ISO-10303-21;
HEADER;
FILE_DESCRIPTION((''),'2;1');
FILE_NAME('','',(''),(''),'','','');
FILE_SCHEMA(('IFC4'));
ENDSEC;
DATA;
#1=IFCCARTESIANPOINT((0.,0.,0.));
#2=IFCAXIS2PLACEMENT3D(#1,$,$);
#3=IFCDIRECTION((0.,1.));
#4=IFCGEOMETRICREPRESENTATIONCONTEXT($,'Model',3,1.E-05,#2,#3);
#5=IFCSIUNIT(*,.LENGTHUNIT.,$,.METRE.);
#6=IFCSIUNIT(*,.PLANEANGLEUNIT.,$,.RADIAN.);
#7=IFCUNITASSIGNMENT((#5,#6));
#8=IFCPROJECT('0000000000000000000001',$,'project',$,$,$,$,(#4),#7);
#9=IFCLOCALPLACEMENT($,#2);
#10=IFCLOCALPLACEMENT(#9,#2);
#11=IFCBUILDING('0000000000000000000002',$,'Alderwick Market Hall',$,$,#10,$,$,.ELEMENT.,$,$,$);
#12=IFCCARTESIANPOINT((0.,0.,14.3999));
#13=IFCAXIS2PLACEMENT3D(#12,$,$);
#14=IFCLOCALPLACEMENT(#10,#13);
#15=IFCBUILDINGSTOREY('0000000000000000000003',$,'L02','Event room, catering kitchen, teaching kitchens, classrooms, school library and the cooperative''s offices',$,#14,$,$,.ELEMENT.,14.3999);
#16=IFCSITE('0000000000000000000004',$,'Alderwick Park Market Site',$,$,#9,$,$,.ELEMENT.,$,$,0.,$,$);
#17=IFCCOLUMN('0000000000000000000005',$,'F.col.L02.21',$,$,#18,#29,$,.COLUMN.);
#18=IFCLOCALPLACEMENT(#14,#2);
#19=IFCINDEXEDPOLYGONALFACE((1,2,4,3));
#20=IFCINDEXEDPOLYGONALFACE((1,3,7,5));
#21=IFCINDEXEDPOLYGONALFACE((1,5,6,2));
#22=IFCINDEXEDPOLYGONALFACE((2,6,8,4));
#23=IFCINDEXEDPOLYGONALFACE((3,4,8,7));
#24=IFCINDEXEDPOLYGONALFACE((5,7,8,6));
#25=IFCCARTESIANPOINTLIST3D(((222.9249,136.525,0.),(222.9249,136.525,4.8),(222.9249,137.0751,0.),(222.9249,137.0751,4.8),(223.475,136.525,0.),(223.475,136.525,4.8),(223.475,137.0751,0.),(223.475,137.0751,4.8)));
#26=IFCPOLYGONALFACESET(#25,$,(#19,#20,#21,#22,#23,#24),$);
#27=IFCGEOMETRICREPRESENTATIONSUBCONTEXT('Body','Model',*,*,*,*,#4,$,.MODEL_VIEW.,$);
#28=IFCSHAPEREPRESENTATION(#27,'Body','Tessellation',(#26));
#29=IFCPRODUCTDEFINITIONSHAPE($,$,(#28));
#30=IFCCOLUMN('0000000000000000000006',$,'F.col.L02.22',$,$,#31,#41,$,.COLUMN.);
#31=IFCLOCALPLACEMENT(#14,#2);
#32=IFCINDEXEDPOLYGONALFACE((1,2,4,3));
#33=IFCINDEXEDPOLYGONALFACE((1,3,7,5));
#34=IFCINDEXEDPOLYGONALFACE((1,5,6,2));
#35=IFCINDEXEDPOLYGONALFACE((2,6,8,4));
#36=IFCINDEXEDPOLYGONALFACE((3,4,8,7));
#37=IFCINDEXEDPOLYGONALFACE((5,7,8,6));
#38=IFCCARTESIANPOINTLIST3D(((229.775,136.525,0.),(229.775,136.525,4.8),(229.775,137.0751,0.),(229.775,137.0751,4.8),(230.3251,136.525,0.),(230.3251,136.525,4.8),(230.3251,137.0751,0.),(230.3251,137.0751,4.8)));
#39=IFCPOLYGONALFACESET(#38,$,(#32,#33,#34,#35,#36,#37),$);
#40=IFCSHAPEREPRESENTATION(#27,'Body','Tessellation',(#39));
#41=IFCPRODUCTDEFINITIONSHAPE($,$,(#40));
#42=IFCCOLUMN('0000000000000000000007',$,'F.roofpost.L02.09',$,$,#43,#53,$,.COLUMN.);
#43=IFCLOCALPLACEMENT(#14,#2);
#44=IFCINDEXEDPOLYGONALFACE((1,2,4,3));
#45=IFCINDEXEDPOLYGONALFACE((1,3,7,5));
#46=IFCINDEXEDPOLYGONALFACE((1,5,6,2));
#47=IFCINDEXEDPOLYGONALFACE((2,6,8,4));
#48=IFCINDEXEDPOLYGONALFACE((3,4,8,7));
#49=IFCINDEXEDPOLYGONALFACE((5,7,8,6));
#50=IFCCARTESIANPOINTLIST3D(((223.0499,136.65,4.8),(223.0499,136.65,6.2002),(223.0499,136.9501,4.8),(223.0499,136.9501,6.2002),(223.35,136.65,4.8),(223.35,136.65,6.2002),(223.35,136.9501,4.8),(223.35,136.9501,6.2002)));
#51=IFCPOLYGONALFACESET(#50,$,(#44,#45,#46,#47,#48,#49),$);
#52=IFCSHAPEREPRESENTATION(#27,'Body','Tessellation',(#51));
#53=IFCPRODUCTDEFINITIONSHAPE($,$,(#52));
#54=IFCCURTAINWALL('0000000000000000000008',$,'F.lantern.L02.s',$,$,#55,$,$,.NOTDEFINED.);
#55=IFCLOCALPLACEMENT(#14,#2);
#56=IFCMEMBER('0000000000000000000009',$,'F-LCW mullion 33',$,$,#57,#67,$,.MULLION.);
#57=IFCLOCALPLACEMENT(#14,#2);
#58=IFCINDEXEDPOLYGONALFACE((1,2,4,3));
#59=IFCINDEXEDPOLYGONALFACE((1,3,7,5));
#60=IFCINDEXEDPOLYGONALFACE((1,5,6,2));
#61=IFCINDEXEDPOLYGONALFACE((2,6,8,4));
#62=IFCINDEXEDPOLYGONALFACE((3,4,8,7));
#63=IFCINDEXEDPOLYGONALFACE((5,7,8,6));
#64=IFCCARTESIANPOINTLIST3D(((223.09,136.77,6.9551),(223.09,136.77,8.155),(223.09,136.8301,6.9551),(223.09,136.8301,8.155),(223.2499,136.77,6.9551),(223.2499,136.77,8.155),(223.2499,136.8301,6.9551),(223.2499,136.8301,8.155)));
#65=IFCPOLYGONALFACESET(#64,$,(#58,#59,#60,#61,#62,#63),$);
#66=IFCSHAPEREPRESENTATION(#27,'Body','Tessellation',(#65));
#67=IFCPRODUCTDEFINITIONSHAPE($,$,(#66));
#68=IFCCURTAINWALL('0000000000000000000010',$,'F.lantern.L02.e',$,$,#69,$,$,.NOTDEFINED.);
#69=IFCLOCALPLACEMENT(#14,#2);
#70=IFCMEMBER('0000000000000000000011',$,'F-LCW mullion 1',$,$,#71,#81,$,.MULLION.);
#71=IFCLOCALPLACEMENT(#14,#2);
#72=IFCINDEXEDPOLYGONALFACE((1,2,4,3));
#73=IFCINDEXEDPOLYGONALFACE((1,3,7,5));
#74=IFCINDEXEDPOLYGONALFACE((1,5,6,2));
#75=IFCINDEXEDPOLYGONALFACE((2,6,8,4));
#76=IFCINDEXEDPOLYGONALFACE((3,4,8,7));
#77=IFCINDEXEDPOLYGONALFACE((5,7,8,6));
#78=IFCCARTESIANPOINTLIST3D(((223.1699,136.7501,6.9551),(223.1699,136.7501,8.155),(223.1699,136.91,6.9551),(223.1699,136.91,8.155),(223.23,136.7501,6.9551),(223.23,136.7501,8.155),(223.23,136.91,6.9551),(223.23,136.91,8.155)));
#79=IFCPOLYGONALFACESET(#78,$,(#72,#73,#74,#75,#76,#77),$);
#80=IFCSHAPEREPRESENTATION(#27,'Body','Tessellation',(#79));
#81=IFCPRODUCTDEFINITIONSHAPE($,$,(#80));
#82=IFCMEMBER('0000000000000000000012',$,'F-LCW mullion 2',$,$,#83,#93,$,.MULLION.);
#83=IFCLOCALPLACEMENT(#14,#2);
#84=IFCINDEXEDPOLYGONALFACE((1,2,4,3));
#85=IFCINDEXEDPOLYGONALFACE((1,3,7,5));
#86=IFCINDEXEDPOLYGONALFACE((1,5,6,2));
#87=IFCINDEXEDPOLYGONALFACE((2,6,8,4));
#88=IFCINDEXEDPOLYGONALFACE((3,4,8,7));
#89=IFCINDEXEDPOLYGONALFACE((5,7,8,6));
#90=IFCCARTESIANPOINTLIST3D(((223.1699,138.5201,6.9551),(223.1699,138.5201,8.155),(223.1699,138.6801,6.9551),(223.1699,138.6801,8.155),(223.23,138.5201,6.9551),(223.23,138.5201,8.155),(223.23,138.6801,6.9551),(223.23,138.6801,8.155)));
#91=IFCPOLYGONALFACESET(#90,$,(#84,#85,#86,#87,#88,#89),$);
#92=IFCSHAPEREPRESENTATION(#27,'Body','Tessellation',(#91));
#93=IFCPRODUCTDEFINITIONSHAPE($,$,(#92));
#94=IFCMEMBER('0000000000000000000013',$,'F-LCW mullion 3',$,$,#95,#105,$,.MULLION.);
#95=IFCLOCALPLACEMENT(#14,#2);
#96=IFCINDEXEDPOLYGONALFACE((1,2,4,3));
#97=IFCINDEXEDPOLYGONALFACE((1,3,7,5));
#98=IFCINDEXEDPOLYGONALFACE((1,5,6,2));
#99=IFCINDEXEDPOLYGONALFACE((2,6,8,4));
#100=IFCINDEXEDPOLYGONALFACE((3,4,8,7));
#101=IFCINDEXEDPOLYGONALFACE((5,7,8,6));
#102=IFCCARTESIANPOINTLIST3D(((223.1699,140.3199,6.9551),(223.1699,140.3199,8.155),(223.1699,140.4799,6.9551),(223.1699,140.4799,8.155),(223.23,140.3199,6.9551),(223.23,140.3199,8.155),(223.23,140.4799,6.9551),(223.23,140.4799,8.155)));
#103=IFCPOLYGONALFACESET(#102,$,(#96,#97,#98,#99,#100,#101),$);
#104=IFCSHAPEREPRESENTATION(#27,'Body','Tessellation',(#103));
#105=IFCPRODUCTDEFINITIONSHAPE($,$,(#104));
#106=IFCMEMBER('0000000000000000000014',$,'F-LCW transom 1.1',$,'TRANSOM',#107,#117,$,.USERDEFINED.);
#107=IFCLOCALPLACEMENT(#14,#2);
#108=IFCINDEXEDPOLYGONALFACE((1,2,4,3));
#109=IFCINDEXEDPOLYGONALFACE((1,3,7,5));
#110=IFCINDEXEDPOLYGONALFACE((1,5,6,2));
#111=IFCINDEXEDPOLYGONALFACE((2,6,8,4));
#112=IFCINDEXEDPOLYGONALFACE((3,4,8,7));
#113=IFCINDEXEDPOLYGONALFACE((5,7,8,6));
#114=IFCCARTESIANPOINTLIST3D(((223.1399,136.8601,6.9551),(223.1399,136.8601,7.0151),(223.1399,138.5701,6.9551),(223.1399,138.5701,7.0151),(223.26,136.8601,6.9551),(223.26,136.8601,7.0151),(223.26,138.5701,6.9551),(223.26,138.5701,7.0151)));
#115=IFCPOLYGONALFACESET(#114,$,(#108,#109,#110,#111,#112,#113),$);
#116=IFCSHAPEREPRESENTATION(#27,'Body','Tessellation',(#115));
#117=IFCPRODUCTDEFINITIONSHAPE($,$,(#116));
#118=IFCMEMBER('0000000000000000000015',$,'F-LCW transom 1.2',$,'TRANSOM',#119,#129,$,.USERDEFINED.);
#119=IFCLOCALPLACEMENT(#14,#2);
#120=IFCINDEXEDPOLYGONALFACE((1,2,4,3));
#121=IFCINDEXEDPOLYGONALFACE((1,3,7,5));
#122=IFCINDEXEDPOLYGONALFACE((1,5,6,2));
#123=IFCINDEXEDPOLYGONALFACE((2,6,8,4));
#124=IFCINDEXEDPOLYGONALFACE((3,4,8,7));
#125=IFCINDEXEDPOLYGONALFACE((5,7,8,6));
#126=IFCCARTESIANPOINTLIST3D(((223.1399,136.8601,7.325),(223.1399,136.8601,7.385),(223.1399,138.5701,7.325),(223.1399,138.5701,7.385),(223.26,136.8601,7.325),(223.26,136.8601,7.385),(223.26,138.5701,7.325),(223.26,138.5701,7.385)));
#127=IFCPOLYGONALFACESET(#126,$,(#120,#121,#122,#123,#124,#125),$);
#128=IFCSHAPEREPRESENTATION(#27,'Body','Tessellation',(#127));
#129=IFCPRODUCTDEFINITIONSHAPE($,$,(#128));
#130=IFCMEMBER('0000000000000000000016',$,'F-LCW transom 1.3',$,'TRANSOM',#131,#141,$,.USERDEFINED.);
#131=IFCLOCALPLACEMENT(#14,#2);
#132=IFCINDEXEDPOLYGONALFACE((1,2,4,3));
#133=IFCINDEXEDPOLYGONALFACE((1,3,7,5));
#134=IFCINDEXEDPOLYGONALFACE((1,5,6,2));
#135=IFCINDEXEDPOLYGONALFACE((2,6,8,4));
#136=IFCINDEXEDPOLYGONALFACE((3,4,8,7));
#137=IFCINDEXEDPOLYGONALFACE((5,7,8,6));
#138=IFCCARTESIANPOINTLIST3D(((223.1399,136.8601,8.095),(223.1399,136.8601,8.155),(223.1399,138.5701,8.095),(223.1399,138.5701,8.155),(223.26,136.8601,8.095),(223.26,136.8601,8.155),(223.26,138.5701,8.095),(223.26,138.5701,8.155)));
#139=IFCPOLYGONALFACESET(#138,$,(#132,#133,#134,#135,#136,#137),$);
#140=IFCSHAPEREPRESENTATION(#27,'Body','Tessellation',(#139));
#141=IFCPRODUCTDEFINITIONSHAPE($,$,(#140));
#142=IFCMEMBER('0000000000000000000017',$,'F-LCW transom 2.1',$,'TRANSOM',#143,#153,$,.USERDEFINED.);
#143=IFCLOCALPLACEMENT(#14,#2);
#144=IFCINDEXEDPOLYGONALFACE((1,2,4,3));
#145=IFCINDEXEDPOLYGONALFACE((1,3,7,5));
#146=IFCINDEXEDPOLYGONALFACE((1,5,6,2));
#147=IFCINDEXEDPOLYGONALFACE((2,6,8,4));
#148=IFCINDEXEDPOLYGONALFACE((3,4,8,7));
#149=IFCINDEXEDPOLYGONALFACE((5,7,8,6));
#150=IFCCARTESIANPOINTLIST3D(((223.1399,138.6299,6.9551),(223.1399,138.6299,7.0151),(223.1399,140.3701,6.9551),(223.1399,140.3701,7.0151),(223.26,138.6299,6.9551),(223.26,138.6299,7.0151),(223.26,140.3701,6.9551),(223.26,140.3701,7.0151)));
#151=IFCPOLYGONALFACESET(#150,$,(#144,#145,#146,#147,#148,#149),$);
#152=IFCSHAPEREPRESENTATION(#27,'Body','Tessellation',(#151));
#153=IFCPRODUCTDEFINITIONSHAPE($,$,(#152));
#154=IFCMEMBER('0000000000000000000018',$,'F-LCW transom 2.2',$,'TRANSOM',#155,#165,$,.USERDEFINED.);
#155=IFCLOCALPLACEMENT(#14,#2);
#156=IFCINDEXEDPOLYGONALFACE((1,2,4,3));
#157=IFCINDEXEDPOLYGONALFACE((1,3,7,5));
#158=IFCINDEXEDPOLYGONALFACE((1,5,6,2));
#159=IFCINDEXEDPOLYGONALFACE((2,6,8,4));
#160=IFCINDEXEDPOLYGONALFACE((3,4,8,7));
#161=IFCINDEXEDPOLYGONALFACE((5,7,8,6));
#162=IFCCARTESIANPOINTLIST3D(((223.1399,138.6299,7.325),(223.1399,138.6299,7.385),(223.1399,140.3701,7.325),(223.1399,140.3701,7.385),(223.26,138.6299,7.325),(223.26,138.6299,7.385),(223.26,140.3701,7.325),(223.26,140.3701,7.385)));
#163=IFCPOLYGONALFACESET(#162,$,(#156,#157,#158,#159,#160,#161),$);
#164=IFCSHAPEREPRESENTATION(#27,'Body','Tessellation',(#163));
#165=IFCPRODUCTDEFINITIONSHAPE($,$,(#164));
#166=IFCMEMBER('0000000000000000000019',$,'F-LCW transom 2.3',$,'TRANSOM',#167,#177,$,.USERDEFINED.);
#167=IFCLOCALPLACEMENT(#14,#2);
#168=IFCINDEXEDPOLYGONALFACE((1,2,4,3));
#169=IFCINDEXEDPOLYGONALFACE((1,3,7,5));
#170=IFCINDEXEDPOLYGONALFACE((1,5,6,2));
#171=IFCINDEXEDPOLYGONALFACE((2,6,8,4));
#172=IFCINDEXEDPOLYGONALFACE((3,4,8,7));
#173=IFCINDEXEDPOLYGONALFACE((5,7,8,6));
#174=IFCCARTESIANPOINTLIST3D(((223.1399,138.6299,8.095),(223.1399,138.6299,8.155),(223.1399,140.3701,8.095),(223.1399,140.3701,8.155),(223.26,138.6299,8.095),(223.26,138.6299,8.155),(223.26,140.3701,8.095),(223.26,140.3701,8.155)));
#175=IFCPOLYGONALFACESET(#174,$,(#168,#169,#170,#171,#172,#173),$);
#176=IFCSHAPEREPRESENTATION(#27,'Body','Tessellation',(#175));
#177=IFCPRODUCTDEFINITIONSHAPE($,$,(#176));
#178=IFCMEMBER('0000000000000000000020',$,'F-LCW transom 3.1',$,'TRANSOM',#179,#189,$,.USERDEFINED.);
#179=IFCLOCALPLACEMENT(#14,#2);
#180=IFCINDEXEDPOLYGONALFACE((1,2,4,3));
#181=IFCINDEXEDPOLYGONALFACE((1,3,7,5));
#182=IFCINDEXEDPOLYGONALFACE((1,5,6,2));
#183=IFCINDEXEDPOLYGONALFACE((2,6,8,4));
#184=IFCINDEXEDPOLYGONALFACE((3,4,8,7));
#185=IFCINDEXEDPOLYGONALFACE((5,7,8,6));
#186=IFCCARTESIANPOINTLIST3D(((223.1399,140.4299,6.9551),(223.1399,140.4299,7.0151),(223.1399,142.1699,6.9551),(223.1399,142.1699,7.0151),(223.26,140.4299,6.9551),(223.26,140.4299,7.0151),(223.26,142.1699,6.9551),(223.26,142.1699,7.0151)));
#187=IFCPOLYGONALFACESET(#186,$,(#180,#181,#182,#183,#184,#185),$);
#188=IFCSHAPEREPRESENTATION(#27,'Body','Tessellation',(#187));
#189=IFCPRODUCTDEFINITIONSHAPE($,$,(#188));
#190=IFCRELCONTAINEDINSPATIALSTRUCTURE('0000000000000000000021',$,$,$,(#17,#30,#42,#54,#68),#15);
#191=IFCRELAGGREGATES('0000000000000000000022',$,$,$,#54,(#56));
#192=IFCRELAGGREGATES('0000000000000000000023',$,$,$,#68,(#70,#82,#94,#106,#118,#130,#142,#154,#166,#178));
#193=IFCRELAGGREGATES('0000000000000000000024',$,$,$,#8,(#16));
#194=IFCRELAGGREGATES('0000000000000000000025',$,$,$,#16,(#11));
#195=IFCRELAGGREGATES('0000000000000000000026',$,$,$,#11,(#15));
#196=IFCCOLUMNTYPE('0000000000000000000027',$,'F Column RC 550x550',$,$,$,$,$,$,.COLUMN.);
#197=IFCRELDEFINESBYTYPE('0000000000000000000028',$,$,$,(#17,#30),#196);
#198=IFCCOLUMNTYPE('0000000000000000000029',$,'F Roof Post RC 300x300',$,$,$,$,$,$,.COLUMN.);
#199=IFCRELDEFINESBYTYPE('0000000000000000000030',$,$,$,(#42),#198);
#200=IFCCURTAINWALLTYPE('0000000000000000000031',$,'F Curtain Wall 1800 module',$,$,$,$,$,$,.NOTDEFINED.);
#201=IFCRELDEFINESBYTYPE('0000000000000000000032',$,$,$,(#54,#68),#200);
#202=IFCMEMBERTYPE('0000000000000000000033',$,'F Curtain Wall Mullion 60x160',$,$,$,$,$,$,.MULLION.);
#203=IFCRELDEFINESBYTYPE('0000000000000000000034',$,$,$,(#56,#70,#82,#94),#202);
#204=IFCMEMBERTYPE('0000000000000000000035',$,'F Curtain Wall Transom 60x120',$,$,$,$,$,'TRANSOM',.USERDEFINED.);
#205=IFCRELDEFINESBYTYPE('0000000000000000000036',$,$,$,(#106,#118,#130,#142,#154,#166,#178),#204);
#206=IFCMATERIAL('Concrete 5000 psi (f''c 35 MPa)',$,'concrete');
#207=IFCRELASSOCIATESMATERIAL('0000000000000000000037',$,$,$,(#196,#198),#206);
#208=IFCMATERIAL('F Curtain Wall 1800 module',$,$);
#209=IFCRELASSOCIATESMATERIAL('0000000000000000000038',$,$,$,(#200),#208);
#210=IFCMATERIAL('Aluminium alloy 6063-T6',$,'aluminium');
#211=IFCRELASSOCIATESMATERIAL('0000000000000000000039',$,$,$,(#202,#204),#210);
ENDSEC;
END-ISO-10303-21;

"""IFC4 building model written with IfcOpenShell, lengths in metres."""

from ifc_helpers import new_model, si_unit, direction, frame, origin, origin_2d, place, context, subcontext, project, spatial, rectangle, extrude, material, material_profile, profile_set, type_object, element, aggregate, save


model = new_model("IFC4")

# Units and contexts
model_context = context("Model", 3, precision=1e-05, world=origin(), true_north=direction((0.0, 1.0)))
body_context = subcontext(model_context, "Body", "Model", "MODEL_VIEW")
ifc_project = project(units=[si_unit("LENGTHUNIT", "METRE"), si_unit("PLANEANGLEUNIT", "RADIAN")], contexts=[model_context])

# Site, building, storey
site_placement = place(None, origin())
site = spatial("IfcSite", under=ifc_project, at=site_placement, Name="Alderwick Park Market Site", CompositionType="ELEMENT", RefElevation=0.0)
building_placement = place(site_placement, origin())
building = spatial("IfcBuilding", under=site, at=building_placement, Name="Alderwick Market Hall", CompositionType="ELEMENT")
storey_placement = place(building_placement, frame((0.0, 0.0, 14.3999)))
storey = spatial("IfcBuildingStorey", under=building, at=storey_placement, Name="L02", Description="Event room, catering kitchen, teaching kitchens, classrooms, school library and the cooperative's offices", CompositionType="ELEMENT", Elevation=14.3999)

# Columns
ifc_material_1 = material(Name="Concrete 5000 psi (f'c 35 MPa)", Category="concrete")
ifc_material_profile_1 = material_profile(ifc_material_1, rectangle(XDim=0.55, YDim=0.55, at=origin_2d()), Name="RC 550x550")
ifc_profile_set_1 = profile_set([ifc_material_profile_1], Name="Concrete 5000 psi (f'c 35 MPa)")
column_type_1 = type_object("IfcColumnType", Name="F Column RC 550x550", PredefinedType="COLUMN", material=ifc_profile_set_1)
for number, where, z_axis, x_axis, name in (
    (1, (223.2, 136.8, 0.0), (0.0, 0.0, 1.0), (1.0, 0.0, 0.0), "F.col.L02.21"),
    (2, (230.05, 136.8, 0.0), (0.0, 0.0, 1.0), (1.0, 0.0, 0.0), "F.col.L02.22"),
):
    element("IfcColumn", number, at=place(storey_placement, frame(where, z_axis=z_axis, x_axis=x_axis)), inside=storey, type_object=column_type_1, Name=name, PredefinedType="COLUMN", context=body_context, shape_type="SweptSolid", body=[
        extrude(rectangle(XDim=0.55, YDim=0.55, at=origin_2d()), origin(), (0.0, 0.0, 1.0), 4.8),
    ])
ifc_material_profile_2 = material_profile(ifc_material_1, rectangle(XDim=0.3, YDim=0.3, at=origin_2d()), Name="RC 300x300")
ifc_profile_set_2 = profile_set([ifc_material_profile_2], Name="Concrete 5000 psi (f'c 35 MPa)")
column_type_2 = type_object("IfcColumnType", Name="F Roof Post RC 300x300", PredefinedType="COLUMN", material=ifc_profile_set_2)
column_placement = place(storey_placement, frame((223.2, 136.8, 4.8), z_axis=(0.0, 0.0, 1.0), x_axis=(1.0, 0.0, 0.0)))
element("IfcColumn", 3, at=column_placement, inside=storey, type_object=column_type_2, Name="F.roofpost.L02.09", PredefinedType="COLUMN", context=body_context, shape_type="SweptSolid", body=[
    extrude(rectangle(XDim=0.3, YDim=0.3, at=origin_2d()), origin(), (0.0, 0.0, 1.0), 1.4001),
])

# Curtain wall, member
ifc_material_2 = material(Name="F Curtain Wall 1800 module")
curtain_wall_type = type_object("IfcCurtainWallType", Name="F Curtain Wall 1800 module", PredefinedType="NOTDEFINED", material=ifc_material_2)
curtain_wall_1_placement = place(storey_placement, origin())
curtain_wall_1 = element("IfcCurtainWall", 4, at=curtain_wall_1_placement, inside=storey, type_object=curtain_wall_type, Name="F.lantern.L02.s", PredefinedType="NOTDEFINED")
ifc_material_3 = material(Name="Aluminium alloy 6063-T6", Category="aluminium")
ifc_material_profile_3 = material_profile(ifc_material_3, rectangle(XDim=0.0601, YDim=0.1599, at=origin_2d()), Name="AL 60x160")
ifc_profile_set_3 = profile_set([ifc_material_profile_3], Name="Aluminium alloy 6063-T6")
member_type_1 = type_object("IfcMemberType", Name="F Curtain Wall Mullion 60x160", PredefinedType="MULLION", material=ifc_profile_set_3)
member_1_placement = place(storey_placement, frame((223.1699, 136.8, 6.9551), z_axis=(0.0, 0.0, 1.0), x_axis=(0.0, 1.0, 0.0)))
member_1 = element("IfcMember", 5, at=member_1_placement, type_object=member_type_1, Name="F-LCW mullion 33", PredefinedType="MULLION", context=body_context, shape_type="SweptSolid", body=[
    extrude(rectangle(XDim=0.0601, YDim=0.1599, at=origin_2d()), origin(), (0.0, 0.0, 1.0), 1.2),
])
aggregate(curtain_wall_1, [member_1])

# Curtain wall, members
curtain_wall_2_placement = place(storey_placement, origin())
curtain_wall_2 = element("IfcCurtainWall", 6, at=curtain_wall_2_placement, inside=storey, type_object=curtain_wall_type, Name="F.lantern.L02.e", PredefinedType="NOTDEFINED")
member_2_placement = place(storey_placement, frame((223.2, 136.8301, 6.9551), z_axis=(0.0, 0.0, 1.0), x_axis=(-1.0, 0.0, 0.0)))
member_2 = element("IfcMember", 7, at=member_2_placement, type_object=member_type_1, Name="F-LCW mullion 1", PredefinedType="MULLION", context=body_context, shape_type="SweptSolid", body=[
    extrude(rectangle(XDim=0.0601, YDim=0.1599, at=origin_2d()), origin(), (0.0, 0.0, 1.0), 1.2),
])
member_3_placement = place(storey_placement, frame((223.2, 138.6001, 6.9551), z_axis=(0.0, 0.0, 1.0), x_axis=(-1.0, 0.0, 0.0)))
member_3 = element("IfcMember", 8, at=member_3_placement, type_object=member_type_1, Name="F-LCW mullion 2", PredefinedType="MULLION", context=body_context, shape_type="SweptSolid", body=[
    extrude(rectangle(XDim=0.0601, YDim=0.1599, at=origin_2d()), origin(), (0.0, 0.0, 1.0), 1.2),
])
member_4_placement = place(storey_placement, frame((223.2, 140.3999, 6.9551), z_axis=(0.0, 0.0, 1.0), x_axis=(-1.0, 0.0, 0.0)))
member_4 = element("IfcMember", 9, at=member_4_placement, type_object=member_type_1, Name="F-LCW mullion 3", PredefinedType="MULLION", context=body_context, shape_type="SweptSolid", body=[
    extrude(rectangle(XDim=0.0601, YDim=0.1599, at=origin_2d()), origin(), (0.0, 0.0, 1.0), 1.2),
])
ifc_material_profile_4 = material_profile(ifc_material_3, rectangle(XDim=0.1201, YDim=0.0601, at=origin_2d()), Name="AL 60x120")
ifc_profile_set_4 = profile_set([ifc_material_profile_4], Name="Aluminium alloy 6063-T6")
member_type_2 = type_object("IfcMemberType", Name="F Curtain Wall Transom 60x120", ElementType="TRANSOM", PredefinedType="USERDEFINED", material=ifc_profile_set_4)
member_5_placement = place(storey_placement, frame((223.2, 136.8601, 6.9851), z_axis=(0.0, 1.0, 0.0), x_axis=(-1.0, 0.0, 0.0)))
member_5 = element("IfcMember", 10, at=member_5_placement, type_object=member_type_2, Name="F-LCW transom 1.1", ObjectType="TRANSOM", PredefinedType="USERDEFINED", context=body_context, shape_type="SweptSolid", body=[
    extrude(rectangle(XDim=0.1201, YDim=0.0601, at=origin_2d()), origin(), (0.0, 0.0, 1.0), 1.71),
])
member_6_placement = place(storey_placement, frame((223.2, 136.8601, 7.355), z_axis=(0.0, 1.0, 0.0), x_axis=(-1.0, 0.0, 0.0)))
member_6 = element("IfcMember", 11, at=member_6_placement, type_object=member_type_2, Name="F-LCW transom 1.2", ObjectType="TRANSOM", PredefinedType="USERDEFINED", context=body_context, shape_type="SweptSolid", body=[
    extrude(rectangle(XDim=0.1201, YDim=0.0601, at=origin_2d()), origin(), (0.0, 0.0, 1.0), 1.71),
])
member_7_placement = place(storey_placement, frame((223.2, 136.8601, 8.125), z_axis=(0.0, 1.0, 0.0), x_axis=(-1.0, 0.0, 0.0)))
member_7 = element("IfcMember", 12, at=member_7_placement, type_object=member_type_2, Name="F-LCW transom 1.3", ObjectType="TRANSOM", PredefinedType="USERDEFINED", context=body_context, shape_type="SweptSolid", body=[
    extrude(rectangle(XDim=0.1201, YDim=0.0601, at=origin_2d()), origin(), (0.0, 0.0, 1.0), 1.71),
])
member_8_placement = place(storey_placement, frame((223.2, 138.6299, 6.9851), z_axis=(0.0, 1.0, 0.0), x_axis=(-1.0, 0.0, 0.0)))
member_8 = element("IfcMember", 13, at=member_8_placement, type_object=member_type_2, Name="F-LCW transom 2.1", ObjectType="TRANSOM", PredefinedType="USERDEFINED", context=body_context, shape_type="SweptSolid", body=[
    extrude(rectangle(XDim=0.1201, YDim=0.0601, at=origin_2d()), origin(), (0.0, 0.0, 1.0), 1.7402),
])
member_9_placement = place(storey_placement, frame((223.2, 138.6299, 7.355), z_axis=(0.0, 1.0, 0.0), x_axis=(-1.0, 0.0, 0.0)))
member_9 = element("IfcMember", 14, at=member_9_placement, type_object=member_type_2, Name="F-LCW transom 2.2", ObjectType="TRANSOM", PredefinedType="USERDEFINED", context=body_context, shape_type="SweptSolid", body=[
    extrude(rectangle(XDim=0.1201, YDim=0.0601, at=origin_2d()), origin(), (0.0, 0.0, 1.0), 1.7402),
])
member_10_placement = place(storey_placement, frame((223.2, 138.6299, 8.125), z_axis=(0.0, 1.0, 0.0), x_axis=(-1.0, 0.0, 0.0)))
member_10 = element("IfcMember", 15, at=member_10_placement, type_object=member_type_2, Name="F-LCW transom 2.3", ObjectType="TRANSOM", PredefinedType="USERDEFINED", context=body_context, shape_type="SweptSolid", body=[
    extrude(rectangle(XDim=0.1201, YDim=0.0601, at=origin_2d()), origin(), (0.0, 0.0, 1.0), 1.7402),
])
member_11_placement = place(storey_placement, frame((223.2, 140.4299, 6.9851), z_axis=(0.0, 1.0, 0.0), x_axis=(-1.0, 0.0, 0.0)))
member_11 = element("IfcMember", 16, at=member_11_placement, type_object=member_type_2, Name="F-LCW transom 3.1", ObjectType="TRANSOM", PredefinedType="USERDEFINED", context=body_context, shape_type="SweptSolid", body=[
    extrude(rectangle(XDim=0.1201, YDim=0.0601, at=origin_2d()), origin(), (0.0, 0.0, 1.0), 1.74),
])

aggregate(curtain_wall_2, [member_2, member_3, member_4, member_5, member_6, member_7, member_8, member_9, member_10, member_11])

save(model, "model.ifc")
